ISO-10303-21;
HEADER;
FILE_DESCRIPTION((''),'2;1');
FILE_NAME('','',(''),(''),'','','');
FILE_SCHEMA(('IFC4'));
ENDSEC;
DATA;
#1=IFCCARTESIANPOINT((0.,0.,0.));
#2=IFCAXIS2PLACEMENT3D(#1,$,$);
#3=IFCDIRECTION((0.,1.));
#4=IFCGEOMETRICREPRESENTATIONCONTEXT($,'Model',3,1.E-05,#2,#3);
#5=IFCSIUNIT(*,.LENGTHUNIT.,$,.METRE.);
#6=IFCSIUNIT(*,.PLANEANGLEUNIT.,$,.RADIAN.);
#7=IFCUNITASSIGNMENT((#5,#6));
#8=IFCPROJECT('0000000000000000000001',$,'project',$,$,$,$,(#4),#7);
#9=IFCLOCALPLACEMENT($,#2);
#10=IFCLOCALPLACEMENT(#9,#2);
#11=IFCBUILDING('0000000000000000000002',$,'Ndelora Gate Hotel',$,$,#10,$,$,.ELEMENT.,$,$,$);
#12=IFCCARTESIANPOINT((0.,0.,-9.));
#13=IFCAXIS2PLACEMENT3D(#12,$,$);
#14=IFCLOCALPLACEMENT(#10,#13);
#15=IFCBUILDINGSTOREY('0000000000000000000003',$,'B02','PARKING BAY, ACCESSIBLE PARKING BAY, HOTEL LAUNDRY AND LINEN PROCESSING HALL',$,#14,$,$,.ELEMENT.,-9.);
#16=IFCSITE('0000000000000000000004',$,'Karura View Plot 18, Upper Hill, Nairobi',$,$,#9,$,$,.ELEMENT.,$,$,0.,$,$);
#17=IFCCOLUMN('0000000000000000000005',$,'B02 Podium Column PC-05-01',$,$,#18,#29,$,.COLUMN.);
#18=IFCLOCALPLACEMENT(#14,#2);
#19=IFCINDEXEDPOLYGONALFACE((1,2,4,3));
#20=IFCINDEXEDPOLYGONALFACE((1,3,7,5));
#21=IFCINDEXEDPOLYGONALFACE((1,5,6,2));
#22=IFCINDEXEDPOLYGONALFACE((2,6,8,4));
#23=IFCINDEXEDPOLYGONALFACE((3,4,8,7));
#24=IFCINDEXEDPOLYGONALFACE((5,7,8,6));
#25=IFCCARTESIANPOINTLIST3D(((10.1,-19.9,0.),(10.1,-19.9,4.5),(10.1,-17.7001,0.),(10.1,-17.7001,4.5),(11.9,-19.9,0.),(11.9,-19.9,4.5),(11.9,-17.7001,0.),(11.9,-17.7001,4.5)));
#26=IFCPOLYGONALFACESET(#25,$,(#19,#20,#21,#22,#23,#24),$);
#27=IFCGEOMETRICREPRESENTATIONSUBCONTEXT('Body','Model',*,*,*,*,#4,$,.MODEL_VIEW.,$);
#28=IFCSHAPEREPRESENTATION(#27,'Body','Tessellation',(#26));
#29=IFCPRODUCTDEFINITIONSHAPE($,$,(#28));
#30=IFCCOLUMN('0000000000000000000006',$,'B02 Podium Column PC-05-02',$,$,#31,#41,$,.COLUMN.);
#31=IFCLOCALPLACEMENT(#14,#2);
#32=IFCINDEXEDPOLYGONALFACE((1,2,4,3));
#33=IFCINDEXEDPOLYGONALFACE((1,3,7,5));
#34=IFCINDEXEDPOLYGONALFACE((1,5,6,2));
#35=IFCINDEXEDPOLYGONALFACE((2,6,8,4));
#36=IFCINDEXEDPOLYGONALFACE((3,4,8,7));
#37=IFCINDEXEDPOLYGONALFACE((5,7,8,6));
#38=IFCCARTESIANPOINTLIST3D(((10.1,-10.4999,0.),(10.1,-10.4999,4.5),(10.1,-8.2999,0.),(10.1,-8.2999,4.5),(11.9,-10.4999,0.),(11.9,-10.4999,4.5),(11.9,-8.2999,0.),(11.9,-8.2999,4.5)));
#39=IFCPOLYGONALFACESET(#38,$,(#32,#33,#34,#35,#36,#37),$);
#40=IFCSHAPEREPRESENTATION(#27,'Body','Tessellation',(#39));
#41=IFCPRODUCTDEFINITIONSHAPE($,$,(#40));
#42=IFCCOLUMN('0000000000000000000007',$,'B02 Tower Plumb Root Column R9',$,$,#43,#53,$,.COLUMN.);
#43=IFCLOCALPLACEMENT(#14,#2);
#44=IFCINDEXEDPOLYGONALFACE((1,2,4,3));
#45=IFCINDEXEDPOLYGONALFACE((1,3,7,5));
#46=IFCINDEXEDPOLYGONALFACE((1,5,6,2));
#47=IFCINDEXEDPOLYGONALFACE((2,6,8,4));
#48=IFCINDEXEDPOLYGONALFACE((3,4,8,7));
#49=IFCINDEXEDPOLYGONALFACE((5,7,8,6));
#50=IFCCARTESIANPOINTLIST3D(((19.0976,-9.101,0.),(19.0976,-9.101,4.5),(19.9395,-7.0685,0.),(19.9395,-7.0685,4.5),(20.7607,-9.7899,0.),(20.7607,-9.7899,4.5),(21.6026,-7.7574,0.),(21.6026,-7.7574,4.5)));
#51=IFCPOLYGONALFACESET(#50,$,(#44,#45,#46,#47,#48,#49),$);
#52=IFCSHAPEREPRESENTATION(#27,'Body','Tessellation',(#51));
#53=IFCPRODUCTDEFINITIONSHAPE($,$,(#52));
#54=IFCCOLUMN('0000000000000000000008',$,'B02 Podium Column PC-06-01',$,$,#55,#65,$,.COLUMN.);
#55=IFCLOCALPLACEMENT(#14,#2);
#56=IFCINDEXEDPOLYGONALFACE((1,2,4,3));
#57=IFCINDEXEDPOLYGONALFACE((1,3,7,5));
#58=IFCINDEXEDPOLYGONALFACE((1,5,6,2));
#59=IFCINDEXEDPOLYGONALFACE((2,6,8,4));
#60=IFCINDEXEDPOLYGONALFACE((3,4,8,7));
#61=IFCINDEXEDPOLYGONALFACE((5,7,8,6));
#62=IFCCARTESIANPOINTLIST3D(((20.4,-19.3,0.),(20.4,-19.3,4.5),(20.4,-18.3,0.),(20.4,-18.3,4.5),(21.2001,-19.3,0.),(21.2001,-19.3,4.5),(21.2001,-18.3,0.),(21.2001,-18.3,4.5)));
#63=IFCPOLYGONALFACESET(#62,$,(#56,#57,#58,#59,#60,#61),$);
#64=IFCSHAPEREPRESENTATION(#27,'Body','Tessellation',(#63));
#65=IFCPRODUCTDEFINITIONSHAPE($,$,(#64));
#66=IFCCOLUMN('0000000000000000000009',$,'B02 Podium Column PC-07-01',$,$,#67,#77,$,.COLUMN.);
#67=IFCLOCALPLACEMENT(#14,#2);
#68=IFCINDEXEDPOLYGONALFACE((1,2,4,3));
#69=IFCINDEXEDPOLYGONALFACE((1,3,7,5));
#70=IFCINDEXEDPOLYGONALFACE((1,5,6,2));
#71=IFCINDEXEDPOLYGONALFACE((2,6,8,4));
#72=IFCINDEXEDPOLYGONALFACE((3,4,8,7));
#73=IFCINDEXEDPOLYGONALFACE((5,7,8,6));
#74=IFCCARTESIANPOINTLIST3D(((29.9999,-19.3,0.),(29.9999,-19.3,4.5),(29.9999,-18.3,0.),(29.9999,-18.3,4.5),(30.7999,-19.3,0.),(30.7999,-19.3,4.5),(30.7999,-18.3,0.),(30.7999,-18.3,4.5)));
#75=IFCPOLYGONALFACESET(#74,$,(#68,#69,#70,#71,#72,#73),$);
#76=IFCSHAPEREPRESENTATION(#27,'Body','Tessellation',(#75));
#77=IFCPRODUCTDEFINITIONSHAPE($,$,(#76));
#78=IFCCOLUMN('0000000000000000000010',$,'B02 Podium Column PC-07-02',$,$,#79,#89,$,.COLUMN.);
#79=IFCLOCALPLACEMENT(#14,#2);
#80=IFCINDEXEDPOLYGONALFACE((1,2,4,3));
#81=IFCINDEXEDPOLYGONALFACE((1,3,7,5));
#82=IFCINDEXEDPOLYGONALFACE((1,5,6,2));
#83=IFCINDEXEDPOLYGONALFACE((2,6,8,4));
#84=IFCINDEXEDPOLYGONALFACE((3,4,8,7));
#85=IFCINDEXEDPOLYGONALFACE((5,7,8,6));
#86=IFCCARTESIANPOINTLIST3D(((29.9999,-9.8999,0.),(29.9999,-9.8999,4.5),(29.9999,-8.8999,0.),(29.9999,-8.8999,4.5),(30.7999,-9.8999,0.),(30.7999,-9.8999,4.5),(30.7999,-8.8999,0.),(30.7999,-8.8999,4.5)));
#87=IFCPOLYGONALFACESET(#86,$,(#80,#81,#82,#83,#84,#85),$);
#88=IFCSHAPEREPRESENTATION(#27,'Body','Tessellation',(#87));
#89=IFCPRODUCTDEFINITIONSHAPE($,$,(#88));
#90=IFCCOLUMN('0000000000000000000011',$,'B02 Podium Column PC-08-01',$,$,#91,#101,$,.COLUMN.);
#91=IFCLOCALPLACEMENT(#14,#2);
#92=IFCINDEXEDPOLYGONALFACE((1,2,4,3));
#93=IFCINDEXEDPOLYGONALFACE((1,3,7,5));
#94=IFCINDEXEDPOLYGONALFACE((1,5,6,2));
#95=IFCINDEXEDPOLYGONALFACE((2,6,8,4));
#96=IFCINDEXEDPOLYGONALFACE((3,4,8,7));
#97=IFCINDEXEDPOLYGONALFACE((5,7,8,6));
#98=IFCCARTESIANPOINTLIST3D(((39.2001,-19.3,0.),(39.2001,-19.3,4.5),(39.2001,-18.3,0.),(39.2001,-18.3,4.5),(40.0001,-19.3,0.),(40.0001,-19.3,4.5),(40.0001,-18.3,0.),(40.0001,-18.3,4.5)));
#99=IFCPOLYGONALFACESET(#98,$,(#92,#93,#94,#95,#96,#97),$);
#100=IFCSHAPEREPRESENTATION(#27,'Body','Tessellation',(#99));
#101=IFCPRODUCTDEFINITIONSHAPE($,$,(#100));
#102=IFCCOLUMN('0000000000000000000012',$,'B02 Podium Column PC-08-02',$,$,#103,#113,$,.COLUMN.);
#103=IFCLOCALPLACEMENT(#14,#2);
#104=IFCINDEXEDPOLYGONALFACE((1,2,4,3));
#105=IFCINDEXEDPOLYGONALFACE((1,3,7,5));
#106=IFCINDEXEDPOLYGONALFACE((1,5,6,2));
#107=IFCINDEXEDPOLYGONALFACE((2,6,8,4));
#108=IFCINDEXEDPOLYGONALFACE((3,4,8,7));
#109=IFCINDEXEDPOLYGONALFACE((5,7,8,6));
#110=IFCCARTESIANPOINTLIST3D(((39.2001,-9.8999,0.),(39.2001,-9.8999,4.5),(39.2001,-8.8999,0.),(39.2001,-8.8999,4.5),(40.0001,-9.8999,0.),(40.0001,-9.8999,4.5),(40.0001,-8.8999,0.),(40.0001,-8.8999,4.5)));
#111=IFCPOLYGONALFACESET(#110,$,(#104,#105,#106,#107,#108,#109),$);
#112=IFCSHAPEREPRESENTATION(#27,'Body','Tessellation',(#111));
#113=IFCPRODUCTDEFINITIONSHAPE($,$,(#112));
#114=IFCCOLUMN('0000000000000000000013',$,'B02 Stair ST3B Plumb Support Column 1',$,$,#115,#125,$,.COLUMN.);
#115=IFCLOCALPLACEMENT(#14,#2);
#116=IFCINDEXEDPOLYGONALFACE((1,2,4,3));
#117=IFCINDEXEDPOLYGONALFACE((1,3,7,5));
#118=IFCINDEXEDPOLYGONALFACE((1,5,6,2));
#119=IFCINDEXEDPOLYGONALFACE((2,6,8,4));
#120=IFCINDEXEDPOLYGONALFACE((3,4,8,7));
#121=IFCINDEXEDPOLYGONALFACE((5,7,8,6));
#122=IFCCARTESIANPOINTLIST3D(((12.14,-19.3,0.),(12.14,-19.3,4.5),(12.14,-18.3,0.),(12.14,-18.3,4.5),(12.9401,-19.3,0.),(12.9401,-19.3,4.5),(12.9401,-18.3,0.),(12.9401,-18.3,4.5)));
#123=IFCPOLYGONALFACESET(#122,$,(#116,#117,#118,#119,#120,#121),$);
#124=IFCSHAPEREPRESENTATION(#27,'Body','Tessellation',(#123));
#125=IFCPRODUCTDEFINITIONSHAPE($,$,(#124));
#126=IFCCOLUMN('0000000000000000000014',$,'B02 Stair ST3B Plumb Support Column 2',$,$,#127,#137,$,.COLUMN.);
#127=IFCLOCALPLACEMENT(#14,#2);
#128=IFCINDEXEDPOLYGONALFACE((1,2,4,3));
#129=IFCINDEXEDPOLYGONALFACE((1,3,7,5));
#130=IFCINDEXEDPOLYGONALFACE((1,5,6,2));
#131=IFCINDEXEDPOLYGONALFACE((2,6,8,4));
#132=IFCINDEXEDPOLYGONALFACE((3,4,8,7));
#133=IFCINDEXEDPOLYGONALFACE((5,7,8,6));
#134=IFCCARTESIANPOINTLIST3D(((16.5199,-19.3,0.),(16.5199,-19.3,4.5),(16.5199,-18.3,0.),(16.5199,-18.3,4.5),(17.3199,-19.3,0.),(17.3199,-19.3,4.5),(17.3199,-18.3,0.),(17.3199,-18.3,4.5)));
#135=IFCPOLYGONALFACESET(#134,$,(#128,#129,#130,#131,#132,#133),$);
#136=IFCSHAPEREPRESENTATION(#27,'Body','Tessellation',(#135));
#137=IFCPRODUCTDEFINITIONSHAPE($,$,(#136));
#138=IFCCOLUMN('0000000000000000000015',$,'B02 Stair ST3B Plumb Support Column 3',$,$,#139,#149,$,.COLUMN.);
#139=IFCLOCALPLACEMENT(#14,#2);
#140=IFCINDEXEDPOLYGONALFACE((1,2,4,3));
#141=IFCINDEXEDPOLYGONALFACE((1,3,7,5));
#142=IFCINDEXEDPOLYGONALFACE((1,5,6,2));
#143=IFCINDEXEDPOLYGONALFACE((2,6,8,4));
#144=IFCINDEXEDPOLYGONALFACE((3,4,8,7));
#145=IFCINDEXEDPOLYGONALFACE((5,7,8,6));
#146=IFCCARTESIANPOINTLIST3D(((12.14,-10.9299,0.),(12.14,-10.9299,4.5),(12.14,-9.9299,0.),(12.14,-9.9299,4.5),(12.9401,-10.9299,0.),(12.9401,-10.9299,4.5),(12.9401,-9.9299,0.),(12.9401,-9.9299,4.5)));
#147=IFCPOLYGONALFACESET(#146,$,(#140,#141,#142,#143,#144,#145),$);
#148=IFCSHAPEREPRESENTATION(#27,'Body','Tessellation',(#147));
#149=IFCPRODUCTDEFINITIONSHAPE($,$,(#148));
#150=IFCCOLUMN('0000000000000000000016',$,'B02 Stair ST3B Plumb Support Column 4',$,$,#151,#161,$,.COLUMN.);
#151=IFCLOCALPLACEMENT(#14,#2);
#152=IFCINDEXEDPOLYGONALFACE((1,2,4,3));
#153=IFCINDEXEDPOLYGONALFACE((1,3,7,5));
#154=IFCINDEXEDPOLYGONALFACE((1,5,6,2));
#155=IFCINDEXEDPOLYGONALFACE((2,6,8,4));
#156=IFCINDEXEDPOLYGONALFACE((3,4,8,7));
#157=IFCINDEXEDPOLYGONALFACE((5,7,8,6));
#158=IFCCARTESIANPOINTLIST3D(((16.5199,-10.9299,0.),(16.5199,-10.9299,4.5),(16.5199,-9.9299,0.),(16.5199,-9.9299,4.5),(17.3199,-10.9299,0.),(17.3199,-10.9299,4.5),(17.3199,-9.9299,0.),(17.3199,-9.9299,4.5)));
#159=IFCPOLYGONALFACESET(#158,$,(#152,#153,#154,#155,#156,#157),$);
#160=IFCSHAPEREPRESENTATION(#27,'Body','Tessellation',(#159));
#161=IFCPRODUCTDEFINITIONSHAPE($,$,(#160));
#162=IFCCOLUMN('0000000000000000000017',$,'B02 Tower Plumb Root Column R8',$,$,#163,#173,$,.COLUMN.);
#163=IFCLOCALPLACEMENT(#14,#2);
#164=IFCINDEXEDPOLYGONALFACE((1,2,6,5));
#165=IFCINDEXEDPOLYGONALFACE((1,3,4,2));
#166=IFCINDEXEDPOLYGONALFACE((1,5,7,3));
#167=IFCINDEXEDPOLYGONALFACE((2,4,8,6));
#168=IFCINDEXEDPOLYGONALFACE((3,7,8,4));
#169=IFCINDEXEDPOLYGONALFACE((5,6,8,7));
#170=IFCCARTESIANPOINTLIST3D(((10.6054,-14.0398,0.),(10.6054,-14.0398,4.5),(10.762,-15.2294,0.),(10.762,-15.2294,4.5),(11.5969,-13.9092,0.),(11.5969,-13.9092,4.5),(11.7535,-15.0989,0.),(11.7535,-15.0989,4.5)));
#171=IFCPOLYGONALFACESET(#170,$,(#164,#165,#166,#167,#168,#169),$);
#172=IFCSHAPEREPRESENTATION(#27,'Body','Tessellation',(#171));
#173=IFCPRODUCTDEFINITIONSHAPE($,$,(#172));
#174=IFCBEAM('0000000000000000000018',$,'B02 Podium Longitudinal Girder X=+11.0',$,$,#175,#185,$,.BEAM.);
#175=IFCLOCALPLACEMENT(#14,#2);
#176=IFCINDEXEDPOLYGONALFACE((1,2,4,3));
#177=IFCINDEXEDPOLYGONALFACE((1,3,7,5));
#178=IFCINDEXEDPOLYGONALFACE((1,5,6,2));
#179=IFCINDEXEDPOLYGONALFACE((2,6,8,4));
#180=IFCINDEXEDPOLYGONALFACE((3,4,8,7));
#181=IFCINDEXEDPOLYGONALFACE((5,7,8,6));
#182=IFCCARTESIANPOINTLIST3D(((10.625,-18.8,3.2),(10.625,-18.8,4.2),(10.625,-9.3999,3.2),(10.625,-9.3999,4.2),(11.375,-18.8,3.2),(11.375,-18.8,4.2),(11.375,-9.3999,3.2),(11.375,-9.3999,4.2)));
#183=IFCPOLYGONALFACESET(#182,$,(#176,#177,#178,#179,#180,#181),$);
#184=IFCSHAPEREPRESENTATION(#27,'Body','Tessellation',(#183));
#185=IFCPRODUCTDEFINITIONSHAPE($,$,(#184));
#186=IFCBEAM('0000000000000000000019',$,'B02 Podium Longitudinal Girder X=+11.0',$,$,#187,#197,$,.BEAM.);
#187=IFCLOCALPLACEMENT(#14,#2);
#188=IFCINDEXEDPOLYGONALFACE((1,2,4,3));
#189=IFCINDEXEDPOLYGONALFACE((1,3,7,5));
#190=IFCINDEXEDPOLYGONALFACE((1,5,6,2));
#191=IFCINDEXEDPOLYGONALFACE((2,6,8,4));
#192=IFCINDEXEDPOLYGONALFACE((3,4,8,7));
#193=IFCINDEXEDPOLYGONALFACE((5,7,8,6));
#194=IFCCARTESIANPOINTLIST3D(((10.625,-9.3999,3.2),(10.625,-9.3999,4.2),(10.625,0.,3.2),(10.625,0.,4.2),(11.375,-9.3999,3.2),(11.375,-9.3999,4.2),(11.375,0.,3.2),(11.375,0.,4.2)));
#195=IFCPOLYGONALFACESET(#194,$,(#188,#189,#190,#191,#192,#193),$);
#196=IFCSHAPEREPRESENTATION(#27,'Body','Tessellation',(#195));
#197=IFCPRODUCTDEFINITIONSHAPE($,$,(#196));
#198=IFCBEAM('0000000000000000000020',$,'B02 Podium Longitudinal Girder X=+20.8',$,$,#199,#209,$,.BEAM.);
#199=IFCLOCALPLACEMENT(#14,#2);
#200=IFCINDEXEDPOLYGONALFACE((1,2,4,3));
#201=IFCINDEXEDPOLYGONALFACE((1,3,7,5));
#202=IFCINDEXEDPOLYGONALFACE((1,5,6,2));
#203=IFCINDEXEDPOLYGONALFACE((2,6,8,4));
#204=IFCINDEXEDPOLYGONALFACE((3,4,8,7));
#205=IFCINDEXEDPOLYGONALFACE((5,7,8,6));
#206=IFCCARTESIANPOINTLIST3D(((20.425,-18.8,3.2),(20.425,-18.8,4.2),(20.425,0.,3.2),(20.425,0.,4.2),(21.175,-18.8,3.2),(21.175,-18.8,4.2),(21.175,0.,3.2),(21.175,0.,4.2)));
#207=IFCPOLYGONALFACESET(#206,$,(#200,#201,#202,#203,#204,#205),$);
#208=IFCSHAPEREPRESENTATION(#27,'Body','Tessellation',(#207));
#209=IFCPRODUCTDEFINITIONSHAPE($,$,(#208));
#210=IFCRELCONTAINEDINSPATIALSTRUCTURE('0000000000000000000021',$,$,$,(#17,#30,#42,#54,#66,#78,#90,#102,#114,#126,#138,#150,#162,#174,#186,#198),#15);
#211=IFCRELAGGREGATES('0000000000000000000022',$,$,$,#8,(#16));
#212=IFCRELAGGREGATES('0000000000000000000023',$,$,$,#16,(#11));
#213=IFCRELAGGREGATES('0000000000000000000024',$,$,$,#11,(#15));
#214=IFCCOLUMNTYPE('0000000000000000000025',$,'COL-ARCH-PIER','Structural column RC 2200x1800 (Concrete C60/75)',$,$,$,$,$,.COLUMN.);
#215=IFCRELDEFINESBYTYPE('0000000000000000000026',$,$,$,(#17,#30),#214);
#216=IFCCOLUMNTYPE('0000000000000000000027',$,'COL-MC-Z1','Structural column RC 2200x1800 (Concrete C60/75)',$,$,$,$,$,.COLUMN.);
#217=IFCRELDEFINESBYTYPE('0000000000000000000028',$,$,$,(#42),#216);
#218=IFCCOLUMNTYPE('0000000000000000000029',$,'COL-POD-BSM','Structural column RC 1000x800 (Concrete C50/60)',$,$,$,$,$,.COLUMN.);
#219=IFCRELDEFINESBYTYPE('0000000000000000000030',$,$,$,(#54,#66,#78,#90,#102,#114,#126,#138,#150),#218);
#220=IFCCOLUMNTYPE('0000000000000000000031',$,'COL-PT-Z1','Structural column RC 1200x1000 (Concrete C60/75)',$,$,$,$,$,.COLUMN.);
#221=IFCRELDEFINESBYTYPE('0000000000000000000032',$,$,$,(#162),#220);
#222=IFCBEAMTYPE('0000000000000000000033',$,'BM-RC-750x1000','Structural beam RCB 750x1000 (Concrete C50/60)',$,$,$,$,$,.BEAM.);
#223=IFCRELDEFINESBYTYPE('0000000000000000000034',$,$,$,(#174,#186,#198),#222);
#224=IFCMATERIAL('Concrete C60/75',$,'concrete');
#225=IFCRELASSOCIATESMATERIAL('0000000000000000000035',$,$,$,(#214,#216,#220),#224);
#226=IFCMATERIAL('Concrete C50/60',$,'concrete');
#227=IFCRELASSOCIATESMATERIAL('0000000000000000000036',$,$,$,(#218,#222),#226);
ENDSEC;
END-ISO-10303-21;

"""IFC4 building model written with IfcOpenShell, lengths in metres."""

from ifc_helpers import new_model, si_unit, direction, frame, origin, origin_2d, place, context, subcontext, project, spatial, rectangle, extrude, material, material_profile, profile_set, type_object, element, save


model = new_model("IFC4")

# Units and contexts
model_context = context("Model", 3, precision=1e-05, world=origin(), true_north=direction((0.0, 1.0)))
body_context = subcontext(model_context, "Body", "Model", "MODEL_VIEW")
ifc_project = project(units=[si_unit("LENGTHUNIT", "METRE"), si_unit("PLANEANGLEUNIT", "RADIAN")], contexts=[model_context])

# Site, building, storey
site_placement = place(None, origin())
site = spatial("IfcSite", under=ifc_project, at=site_placement, Name="Karura View Plot 18, Upper Hill, Nairobi", CompositionType="ELEMENT", RefElevation=0.0)
building_placement = place(site_placement, origin())
building = spatial("IfcBuilding", under=site, at=building_placement, Name="Ndelora Gate Hotel", CompositionType="ELEMENT")
storey_placement = place(building_placement, frame((0.0, 0.0, -9.0)))
storey = spatial("IfcBuildingStorey", under=building, at=storey_placement, Name="B02", Description="PARKING BAY, ACCESSIBLE PARKING BAY, HOTEL LAUNDRY AND LINEN PROCESSING HALL", CompositionType="ELEMENT", Elevation=-9.0)

# Columns
ifc_material_1 = material(Name="Concrete C60/75", Category="concrete")
ifc_material_profile_1 = material_profile(ifc_material_1, rectangle(XDim=1.8, YDim=2.2, at=origin_2d()), Name="RC 2200x1800")
ifc_profile_set_1 = profile_set([ifc_material_profile_1], Name="Concrete C60/75")
column_type_1 = type_object("IfcColumnType", Name="COL-ARCH-PIER", Description="Structural column RC 2200x1800 (Concrete C60/75)", PredefinedType="COLUMN", material=ifc_profile_set_1)
for number, where, z_axis, x_axis, name in (
    (1, (11.0, -18.8, 0.0), (0.0, 0.0, 1.0), (1.0, 0.0, 0.0), "B02 Podium Column PC-05-01"),
    (2, (11.0, -9.3999, 0.0), (0.0, 0.0, 1.0), (1.0, 0.0, 0.0), "B02 Podium Column PC-05-02"),
):
    element("IfcColumn", number, at=place(storey_placement, frame(where, z_axis=z_axis, x_axis=x_axis)), inside=storey, type_object=column_type_1, Name=name, PredefinedType="COLUMN", context=body_context, shape_type="SweptSolid", body=[
        extrude(rectangle(XDim=1.8, YDim=2.2, at=origin_2d()), origin(), (0.0, 0.0, 1.0), 4.5),
    ])
ifc_material_profile_2 = material_profile(ifc_material_1, rectangle(XDim=1.8, YDim=2.2, at=origin_2d()), Name="RC 2200x1800")
ifc_profile_set_2 = profile_set([ifc_material_profile_2], Name="Concrete C60/75")
column_type_2 = type_object("IfcColumnType", Name="COL-MC-Z1", Description="Structural column RC 2200x1800 (Concrete C60/75)", PredefinedType="COLUMN", material=ifc_profile_set_2)
column_1_placement = place(storey_placement, frame((20.3501, -8.4292, 0.0), z_axis=(0.0, 0.0, 1.0), x_axis=(-0.92388, 0.382683, 0.0)))
element("IfcColumn", 3, at=column_1_placement, inside=storey, type_object=column_type_2, Name="B02 Tower Plumb Root Column R9", PredefinedType="COLUMN", context=body_context, shape_type="SweptSolid", body=[
    extrude(rectangle(XDim=1.8, YDim=2.2, at=origin_2d()), origin(), (0.0, 0.0, 1.0), 4.5),
])
ifc_material_2 = material(Name="Concrete C50/60", Category="concrete")
ifc_material_profile_3 = material_profile(ifc_material_2, rectangle(XDim=0.8, YDim=1.0, at=origin_2d()), Name="RC 1000x800")
ifc_profile_set_3 = profile_set([ifc_material_profile_3], Name="Concrete C50/60")
column_type_3 = type_object("IfcColumnType", Name="COL-POD-BSM", Description="Structural column RC 1000x800 (Concrete C50/60)", PredefinedType="COLUMN", material=ifc_profile_set_3)
for number, where, z_axis, x_axis, name in (
    (4, (20.8, -18.8, 0.0), (0.0, 0.0, 1.0), (1.0, 0.0, 0.0), "B02 Podium Column PC-06-01"),
    (5, (30.3999, -18.8, 0.0), (0.0, 0.0, 1.0), (1.0, 0.0, 0.0), "B02 Podium Column PC-07-01"),
    (6, (30.3999, -9.3999, 0.0), (0.0, 0.0, 1.0), (1.0, 0.0, 0.0), "B02 Podium Column PC-07-02"),
    (7, (39.6001, -18.8, 0.0), (0.0, 0.0, 1.0), (1.0, 0.0, 0.0), "B02 Podium Column PC-08-01"),
    (8, (39.6001, -9.3999, 0.0), (0.0, 0.0, 1.0), (1.0, 0.0, 0.0), "B02 Podium Column PC-08-02"),
    (9, (12.54, -18.8, 0.0), (0.0, 0.0, 1.0), (1.0, 0.0, 0.0), "B02 Stair ST3B Plumb Support Column 1"),
    (10, (16.9199, -18.8, 0.0), (0.0, 0.0, 1.0), (1.0, 0.0, 0.0), "B02 Stair ST3B Plumb Support Column 2"),
    (11, (12.54, -10.4299, 0.0), (0.0, 0.0, 1.0), (1.0, 0.0, 0.0), "B02 Stair ST3B Plumb Support Column 3"),
    (12, (16.9199, -10.4299, 0.0), (0.0, 0.0, 1.0), (1.0, 0.0, 0.0), "B02 Stair ST3B Plumb Support Column 4"),
):
    element("IfcColumn", number, at=place(storey_placement, frame(where, z_axis=z_axis, x_axis=x_axis)), inside=storey, type_object=column_type_3, Name=name, PredefinedType="COLUMN", context=body_context, shape_type="SweptSolid", body=[
        extrude(rectangle(XDim=0.8, YDim=1.0, at=origin_2d()), origin(), (0.0, 0.0, 1.0), 4.5),
    ])
ifc_material_profile_4 = material_profile(ifc_material_1, rectangle(XDim=1.0, YDim=1.2, at=origin_2d()), Name="RC 1200x1000")
ifc_profile_set_4 = profile_set([ifc_material_profile_4], Name="Concrete C60/75")
column_type_4 = type_object("IfcColumnType", Name="COL-PT-Z1", Description="Structural column RC 1200x1000 (Concrete C60/75)", PredefinedType="COLUMN", material=ifc_profile_set_4)
column_2_placement = place(storey_placement, frame((11.1794, -14.5693, 0.0), z_axis=(0.0, 0.0, 1.0), x_axis=(0.991445, 0.130526, 0.0)))
element("IfcColumn", 13, at=column_2_placement, inside=storey, type_object=column_type_4, Name="B02 Tower Plumb Root Column R8", PredefinedType="COLUMN", context=body_context, shape_type="SweptSolid", body=[
    extrude(rectangle(XDim=1.0, YDim=1.2, at=origin_2d()), origin(), (0.0, 0.0, 1.0), 4.5),
])

# Beams
ifc_material_profile_5 = material_profile(ifc_material_2, rectangle(XDim=0.75, YDim=1.0, at=origin_2d()), Name="RCB 750x1000")
ifc_profile_set_5 = profile_set([ifc_material_profile_5], Name="Concrete C50/60")
beam_type_1 = type_object("IfcBeamType", Name="BM-RC-750x1000", Description="Structural beam RCB 750x1000 (Concrete C50/60)", PredefinedType="BEAM", material=ifc_profile_set_5)
beam_1_placement = place(storey_placement, frame((11.0, -18.8, 3.7), z_axis=(0.0, 1.0, 0.0), x_axis=(-1.0, 0.0, 0.0)))
element("IfcBeam", 14, at=beam_1_placement, inside=storey, type_object=beam_type_1, Name="B02 Podium Longitudinal Girder X=+11.0", PredefinedType="BEAM", context=body_context, shape_type="SweptSolid", body=[
    extrude(rectangle(XDim=0.75, YDim=1.0, at=origin_2d()), origin(), (0.0, 0.0, 1.0), 9.4001),
])
beam_2_placement = place(storey_placement, frame((11.0, -9.3999, 3.7), z_axis=(0.0, 1.0, 0.0), x_axis=(-1.0, 0.0, 0.0)))
element("IfcBeam", 15, at=beam_2_placement, inside=storey, type_object=beam_type_1, Name="B02 Podium Longitudinal Girder X=+11.0", PredefinedType="BEAM", context=body_context, shape_type="SweptSolid", body=[
    extrude(rectangle(XDim=0.75, YDim=1.0, at=origin_2d()), origin(), (0.0, 0.0, 1.0), 9.3999),
])
beam_3_placement = place(storey_placement, frame((20.8, -18.8, 3.7), z_axis=(0.0, 1.0, 0.0), x_axis=(-1.0, 0.0, 0.0)))
element("IfcBeam", 16, at=beam_3_placement, inside=storey, type_object=beam_type_1, Name="B02 Podium Longitudinal Girder X=+20.8", PredefinedType="BEAM", context=body_context, shape_type="SweptSolid", body=[
    extrude(rectangle(XDim=0.75, YDim=1.0, at=origin_2d()), origin(), (0.0, 0.0, 1.0), 18.8),
])

save(model, "model.ifc")
